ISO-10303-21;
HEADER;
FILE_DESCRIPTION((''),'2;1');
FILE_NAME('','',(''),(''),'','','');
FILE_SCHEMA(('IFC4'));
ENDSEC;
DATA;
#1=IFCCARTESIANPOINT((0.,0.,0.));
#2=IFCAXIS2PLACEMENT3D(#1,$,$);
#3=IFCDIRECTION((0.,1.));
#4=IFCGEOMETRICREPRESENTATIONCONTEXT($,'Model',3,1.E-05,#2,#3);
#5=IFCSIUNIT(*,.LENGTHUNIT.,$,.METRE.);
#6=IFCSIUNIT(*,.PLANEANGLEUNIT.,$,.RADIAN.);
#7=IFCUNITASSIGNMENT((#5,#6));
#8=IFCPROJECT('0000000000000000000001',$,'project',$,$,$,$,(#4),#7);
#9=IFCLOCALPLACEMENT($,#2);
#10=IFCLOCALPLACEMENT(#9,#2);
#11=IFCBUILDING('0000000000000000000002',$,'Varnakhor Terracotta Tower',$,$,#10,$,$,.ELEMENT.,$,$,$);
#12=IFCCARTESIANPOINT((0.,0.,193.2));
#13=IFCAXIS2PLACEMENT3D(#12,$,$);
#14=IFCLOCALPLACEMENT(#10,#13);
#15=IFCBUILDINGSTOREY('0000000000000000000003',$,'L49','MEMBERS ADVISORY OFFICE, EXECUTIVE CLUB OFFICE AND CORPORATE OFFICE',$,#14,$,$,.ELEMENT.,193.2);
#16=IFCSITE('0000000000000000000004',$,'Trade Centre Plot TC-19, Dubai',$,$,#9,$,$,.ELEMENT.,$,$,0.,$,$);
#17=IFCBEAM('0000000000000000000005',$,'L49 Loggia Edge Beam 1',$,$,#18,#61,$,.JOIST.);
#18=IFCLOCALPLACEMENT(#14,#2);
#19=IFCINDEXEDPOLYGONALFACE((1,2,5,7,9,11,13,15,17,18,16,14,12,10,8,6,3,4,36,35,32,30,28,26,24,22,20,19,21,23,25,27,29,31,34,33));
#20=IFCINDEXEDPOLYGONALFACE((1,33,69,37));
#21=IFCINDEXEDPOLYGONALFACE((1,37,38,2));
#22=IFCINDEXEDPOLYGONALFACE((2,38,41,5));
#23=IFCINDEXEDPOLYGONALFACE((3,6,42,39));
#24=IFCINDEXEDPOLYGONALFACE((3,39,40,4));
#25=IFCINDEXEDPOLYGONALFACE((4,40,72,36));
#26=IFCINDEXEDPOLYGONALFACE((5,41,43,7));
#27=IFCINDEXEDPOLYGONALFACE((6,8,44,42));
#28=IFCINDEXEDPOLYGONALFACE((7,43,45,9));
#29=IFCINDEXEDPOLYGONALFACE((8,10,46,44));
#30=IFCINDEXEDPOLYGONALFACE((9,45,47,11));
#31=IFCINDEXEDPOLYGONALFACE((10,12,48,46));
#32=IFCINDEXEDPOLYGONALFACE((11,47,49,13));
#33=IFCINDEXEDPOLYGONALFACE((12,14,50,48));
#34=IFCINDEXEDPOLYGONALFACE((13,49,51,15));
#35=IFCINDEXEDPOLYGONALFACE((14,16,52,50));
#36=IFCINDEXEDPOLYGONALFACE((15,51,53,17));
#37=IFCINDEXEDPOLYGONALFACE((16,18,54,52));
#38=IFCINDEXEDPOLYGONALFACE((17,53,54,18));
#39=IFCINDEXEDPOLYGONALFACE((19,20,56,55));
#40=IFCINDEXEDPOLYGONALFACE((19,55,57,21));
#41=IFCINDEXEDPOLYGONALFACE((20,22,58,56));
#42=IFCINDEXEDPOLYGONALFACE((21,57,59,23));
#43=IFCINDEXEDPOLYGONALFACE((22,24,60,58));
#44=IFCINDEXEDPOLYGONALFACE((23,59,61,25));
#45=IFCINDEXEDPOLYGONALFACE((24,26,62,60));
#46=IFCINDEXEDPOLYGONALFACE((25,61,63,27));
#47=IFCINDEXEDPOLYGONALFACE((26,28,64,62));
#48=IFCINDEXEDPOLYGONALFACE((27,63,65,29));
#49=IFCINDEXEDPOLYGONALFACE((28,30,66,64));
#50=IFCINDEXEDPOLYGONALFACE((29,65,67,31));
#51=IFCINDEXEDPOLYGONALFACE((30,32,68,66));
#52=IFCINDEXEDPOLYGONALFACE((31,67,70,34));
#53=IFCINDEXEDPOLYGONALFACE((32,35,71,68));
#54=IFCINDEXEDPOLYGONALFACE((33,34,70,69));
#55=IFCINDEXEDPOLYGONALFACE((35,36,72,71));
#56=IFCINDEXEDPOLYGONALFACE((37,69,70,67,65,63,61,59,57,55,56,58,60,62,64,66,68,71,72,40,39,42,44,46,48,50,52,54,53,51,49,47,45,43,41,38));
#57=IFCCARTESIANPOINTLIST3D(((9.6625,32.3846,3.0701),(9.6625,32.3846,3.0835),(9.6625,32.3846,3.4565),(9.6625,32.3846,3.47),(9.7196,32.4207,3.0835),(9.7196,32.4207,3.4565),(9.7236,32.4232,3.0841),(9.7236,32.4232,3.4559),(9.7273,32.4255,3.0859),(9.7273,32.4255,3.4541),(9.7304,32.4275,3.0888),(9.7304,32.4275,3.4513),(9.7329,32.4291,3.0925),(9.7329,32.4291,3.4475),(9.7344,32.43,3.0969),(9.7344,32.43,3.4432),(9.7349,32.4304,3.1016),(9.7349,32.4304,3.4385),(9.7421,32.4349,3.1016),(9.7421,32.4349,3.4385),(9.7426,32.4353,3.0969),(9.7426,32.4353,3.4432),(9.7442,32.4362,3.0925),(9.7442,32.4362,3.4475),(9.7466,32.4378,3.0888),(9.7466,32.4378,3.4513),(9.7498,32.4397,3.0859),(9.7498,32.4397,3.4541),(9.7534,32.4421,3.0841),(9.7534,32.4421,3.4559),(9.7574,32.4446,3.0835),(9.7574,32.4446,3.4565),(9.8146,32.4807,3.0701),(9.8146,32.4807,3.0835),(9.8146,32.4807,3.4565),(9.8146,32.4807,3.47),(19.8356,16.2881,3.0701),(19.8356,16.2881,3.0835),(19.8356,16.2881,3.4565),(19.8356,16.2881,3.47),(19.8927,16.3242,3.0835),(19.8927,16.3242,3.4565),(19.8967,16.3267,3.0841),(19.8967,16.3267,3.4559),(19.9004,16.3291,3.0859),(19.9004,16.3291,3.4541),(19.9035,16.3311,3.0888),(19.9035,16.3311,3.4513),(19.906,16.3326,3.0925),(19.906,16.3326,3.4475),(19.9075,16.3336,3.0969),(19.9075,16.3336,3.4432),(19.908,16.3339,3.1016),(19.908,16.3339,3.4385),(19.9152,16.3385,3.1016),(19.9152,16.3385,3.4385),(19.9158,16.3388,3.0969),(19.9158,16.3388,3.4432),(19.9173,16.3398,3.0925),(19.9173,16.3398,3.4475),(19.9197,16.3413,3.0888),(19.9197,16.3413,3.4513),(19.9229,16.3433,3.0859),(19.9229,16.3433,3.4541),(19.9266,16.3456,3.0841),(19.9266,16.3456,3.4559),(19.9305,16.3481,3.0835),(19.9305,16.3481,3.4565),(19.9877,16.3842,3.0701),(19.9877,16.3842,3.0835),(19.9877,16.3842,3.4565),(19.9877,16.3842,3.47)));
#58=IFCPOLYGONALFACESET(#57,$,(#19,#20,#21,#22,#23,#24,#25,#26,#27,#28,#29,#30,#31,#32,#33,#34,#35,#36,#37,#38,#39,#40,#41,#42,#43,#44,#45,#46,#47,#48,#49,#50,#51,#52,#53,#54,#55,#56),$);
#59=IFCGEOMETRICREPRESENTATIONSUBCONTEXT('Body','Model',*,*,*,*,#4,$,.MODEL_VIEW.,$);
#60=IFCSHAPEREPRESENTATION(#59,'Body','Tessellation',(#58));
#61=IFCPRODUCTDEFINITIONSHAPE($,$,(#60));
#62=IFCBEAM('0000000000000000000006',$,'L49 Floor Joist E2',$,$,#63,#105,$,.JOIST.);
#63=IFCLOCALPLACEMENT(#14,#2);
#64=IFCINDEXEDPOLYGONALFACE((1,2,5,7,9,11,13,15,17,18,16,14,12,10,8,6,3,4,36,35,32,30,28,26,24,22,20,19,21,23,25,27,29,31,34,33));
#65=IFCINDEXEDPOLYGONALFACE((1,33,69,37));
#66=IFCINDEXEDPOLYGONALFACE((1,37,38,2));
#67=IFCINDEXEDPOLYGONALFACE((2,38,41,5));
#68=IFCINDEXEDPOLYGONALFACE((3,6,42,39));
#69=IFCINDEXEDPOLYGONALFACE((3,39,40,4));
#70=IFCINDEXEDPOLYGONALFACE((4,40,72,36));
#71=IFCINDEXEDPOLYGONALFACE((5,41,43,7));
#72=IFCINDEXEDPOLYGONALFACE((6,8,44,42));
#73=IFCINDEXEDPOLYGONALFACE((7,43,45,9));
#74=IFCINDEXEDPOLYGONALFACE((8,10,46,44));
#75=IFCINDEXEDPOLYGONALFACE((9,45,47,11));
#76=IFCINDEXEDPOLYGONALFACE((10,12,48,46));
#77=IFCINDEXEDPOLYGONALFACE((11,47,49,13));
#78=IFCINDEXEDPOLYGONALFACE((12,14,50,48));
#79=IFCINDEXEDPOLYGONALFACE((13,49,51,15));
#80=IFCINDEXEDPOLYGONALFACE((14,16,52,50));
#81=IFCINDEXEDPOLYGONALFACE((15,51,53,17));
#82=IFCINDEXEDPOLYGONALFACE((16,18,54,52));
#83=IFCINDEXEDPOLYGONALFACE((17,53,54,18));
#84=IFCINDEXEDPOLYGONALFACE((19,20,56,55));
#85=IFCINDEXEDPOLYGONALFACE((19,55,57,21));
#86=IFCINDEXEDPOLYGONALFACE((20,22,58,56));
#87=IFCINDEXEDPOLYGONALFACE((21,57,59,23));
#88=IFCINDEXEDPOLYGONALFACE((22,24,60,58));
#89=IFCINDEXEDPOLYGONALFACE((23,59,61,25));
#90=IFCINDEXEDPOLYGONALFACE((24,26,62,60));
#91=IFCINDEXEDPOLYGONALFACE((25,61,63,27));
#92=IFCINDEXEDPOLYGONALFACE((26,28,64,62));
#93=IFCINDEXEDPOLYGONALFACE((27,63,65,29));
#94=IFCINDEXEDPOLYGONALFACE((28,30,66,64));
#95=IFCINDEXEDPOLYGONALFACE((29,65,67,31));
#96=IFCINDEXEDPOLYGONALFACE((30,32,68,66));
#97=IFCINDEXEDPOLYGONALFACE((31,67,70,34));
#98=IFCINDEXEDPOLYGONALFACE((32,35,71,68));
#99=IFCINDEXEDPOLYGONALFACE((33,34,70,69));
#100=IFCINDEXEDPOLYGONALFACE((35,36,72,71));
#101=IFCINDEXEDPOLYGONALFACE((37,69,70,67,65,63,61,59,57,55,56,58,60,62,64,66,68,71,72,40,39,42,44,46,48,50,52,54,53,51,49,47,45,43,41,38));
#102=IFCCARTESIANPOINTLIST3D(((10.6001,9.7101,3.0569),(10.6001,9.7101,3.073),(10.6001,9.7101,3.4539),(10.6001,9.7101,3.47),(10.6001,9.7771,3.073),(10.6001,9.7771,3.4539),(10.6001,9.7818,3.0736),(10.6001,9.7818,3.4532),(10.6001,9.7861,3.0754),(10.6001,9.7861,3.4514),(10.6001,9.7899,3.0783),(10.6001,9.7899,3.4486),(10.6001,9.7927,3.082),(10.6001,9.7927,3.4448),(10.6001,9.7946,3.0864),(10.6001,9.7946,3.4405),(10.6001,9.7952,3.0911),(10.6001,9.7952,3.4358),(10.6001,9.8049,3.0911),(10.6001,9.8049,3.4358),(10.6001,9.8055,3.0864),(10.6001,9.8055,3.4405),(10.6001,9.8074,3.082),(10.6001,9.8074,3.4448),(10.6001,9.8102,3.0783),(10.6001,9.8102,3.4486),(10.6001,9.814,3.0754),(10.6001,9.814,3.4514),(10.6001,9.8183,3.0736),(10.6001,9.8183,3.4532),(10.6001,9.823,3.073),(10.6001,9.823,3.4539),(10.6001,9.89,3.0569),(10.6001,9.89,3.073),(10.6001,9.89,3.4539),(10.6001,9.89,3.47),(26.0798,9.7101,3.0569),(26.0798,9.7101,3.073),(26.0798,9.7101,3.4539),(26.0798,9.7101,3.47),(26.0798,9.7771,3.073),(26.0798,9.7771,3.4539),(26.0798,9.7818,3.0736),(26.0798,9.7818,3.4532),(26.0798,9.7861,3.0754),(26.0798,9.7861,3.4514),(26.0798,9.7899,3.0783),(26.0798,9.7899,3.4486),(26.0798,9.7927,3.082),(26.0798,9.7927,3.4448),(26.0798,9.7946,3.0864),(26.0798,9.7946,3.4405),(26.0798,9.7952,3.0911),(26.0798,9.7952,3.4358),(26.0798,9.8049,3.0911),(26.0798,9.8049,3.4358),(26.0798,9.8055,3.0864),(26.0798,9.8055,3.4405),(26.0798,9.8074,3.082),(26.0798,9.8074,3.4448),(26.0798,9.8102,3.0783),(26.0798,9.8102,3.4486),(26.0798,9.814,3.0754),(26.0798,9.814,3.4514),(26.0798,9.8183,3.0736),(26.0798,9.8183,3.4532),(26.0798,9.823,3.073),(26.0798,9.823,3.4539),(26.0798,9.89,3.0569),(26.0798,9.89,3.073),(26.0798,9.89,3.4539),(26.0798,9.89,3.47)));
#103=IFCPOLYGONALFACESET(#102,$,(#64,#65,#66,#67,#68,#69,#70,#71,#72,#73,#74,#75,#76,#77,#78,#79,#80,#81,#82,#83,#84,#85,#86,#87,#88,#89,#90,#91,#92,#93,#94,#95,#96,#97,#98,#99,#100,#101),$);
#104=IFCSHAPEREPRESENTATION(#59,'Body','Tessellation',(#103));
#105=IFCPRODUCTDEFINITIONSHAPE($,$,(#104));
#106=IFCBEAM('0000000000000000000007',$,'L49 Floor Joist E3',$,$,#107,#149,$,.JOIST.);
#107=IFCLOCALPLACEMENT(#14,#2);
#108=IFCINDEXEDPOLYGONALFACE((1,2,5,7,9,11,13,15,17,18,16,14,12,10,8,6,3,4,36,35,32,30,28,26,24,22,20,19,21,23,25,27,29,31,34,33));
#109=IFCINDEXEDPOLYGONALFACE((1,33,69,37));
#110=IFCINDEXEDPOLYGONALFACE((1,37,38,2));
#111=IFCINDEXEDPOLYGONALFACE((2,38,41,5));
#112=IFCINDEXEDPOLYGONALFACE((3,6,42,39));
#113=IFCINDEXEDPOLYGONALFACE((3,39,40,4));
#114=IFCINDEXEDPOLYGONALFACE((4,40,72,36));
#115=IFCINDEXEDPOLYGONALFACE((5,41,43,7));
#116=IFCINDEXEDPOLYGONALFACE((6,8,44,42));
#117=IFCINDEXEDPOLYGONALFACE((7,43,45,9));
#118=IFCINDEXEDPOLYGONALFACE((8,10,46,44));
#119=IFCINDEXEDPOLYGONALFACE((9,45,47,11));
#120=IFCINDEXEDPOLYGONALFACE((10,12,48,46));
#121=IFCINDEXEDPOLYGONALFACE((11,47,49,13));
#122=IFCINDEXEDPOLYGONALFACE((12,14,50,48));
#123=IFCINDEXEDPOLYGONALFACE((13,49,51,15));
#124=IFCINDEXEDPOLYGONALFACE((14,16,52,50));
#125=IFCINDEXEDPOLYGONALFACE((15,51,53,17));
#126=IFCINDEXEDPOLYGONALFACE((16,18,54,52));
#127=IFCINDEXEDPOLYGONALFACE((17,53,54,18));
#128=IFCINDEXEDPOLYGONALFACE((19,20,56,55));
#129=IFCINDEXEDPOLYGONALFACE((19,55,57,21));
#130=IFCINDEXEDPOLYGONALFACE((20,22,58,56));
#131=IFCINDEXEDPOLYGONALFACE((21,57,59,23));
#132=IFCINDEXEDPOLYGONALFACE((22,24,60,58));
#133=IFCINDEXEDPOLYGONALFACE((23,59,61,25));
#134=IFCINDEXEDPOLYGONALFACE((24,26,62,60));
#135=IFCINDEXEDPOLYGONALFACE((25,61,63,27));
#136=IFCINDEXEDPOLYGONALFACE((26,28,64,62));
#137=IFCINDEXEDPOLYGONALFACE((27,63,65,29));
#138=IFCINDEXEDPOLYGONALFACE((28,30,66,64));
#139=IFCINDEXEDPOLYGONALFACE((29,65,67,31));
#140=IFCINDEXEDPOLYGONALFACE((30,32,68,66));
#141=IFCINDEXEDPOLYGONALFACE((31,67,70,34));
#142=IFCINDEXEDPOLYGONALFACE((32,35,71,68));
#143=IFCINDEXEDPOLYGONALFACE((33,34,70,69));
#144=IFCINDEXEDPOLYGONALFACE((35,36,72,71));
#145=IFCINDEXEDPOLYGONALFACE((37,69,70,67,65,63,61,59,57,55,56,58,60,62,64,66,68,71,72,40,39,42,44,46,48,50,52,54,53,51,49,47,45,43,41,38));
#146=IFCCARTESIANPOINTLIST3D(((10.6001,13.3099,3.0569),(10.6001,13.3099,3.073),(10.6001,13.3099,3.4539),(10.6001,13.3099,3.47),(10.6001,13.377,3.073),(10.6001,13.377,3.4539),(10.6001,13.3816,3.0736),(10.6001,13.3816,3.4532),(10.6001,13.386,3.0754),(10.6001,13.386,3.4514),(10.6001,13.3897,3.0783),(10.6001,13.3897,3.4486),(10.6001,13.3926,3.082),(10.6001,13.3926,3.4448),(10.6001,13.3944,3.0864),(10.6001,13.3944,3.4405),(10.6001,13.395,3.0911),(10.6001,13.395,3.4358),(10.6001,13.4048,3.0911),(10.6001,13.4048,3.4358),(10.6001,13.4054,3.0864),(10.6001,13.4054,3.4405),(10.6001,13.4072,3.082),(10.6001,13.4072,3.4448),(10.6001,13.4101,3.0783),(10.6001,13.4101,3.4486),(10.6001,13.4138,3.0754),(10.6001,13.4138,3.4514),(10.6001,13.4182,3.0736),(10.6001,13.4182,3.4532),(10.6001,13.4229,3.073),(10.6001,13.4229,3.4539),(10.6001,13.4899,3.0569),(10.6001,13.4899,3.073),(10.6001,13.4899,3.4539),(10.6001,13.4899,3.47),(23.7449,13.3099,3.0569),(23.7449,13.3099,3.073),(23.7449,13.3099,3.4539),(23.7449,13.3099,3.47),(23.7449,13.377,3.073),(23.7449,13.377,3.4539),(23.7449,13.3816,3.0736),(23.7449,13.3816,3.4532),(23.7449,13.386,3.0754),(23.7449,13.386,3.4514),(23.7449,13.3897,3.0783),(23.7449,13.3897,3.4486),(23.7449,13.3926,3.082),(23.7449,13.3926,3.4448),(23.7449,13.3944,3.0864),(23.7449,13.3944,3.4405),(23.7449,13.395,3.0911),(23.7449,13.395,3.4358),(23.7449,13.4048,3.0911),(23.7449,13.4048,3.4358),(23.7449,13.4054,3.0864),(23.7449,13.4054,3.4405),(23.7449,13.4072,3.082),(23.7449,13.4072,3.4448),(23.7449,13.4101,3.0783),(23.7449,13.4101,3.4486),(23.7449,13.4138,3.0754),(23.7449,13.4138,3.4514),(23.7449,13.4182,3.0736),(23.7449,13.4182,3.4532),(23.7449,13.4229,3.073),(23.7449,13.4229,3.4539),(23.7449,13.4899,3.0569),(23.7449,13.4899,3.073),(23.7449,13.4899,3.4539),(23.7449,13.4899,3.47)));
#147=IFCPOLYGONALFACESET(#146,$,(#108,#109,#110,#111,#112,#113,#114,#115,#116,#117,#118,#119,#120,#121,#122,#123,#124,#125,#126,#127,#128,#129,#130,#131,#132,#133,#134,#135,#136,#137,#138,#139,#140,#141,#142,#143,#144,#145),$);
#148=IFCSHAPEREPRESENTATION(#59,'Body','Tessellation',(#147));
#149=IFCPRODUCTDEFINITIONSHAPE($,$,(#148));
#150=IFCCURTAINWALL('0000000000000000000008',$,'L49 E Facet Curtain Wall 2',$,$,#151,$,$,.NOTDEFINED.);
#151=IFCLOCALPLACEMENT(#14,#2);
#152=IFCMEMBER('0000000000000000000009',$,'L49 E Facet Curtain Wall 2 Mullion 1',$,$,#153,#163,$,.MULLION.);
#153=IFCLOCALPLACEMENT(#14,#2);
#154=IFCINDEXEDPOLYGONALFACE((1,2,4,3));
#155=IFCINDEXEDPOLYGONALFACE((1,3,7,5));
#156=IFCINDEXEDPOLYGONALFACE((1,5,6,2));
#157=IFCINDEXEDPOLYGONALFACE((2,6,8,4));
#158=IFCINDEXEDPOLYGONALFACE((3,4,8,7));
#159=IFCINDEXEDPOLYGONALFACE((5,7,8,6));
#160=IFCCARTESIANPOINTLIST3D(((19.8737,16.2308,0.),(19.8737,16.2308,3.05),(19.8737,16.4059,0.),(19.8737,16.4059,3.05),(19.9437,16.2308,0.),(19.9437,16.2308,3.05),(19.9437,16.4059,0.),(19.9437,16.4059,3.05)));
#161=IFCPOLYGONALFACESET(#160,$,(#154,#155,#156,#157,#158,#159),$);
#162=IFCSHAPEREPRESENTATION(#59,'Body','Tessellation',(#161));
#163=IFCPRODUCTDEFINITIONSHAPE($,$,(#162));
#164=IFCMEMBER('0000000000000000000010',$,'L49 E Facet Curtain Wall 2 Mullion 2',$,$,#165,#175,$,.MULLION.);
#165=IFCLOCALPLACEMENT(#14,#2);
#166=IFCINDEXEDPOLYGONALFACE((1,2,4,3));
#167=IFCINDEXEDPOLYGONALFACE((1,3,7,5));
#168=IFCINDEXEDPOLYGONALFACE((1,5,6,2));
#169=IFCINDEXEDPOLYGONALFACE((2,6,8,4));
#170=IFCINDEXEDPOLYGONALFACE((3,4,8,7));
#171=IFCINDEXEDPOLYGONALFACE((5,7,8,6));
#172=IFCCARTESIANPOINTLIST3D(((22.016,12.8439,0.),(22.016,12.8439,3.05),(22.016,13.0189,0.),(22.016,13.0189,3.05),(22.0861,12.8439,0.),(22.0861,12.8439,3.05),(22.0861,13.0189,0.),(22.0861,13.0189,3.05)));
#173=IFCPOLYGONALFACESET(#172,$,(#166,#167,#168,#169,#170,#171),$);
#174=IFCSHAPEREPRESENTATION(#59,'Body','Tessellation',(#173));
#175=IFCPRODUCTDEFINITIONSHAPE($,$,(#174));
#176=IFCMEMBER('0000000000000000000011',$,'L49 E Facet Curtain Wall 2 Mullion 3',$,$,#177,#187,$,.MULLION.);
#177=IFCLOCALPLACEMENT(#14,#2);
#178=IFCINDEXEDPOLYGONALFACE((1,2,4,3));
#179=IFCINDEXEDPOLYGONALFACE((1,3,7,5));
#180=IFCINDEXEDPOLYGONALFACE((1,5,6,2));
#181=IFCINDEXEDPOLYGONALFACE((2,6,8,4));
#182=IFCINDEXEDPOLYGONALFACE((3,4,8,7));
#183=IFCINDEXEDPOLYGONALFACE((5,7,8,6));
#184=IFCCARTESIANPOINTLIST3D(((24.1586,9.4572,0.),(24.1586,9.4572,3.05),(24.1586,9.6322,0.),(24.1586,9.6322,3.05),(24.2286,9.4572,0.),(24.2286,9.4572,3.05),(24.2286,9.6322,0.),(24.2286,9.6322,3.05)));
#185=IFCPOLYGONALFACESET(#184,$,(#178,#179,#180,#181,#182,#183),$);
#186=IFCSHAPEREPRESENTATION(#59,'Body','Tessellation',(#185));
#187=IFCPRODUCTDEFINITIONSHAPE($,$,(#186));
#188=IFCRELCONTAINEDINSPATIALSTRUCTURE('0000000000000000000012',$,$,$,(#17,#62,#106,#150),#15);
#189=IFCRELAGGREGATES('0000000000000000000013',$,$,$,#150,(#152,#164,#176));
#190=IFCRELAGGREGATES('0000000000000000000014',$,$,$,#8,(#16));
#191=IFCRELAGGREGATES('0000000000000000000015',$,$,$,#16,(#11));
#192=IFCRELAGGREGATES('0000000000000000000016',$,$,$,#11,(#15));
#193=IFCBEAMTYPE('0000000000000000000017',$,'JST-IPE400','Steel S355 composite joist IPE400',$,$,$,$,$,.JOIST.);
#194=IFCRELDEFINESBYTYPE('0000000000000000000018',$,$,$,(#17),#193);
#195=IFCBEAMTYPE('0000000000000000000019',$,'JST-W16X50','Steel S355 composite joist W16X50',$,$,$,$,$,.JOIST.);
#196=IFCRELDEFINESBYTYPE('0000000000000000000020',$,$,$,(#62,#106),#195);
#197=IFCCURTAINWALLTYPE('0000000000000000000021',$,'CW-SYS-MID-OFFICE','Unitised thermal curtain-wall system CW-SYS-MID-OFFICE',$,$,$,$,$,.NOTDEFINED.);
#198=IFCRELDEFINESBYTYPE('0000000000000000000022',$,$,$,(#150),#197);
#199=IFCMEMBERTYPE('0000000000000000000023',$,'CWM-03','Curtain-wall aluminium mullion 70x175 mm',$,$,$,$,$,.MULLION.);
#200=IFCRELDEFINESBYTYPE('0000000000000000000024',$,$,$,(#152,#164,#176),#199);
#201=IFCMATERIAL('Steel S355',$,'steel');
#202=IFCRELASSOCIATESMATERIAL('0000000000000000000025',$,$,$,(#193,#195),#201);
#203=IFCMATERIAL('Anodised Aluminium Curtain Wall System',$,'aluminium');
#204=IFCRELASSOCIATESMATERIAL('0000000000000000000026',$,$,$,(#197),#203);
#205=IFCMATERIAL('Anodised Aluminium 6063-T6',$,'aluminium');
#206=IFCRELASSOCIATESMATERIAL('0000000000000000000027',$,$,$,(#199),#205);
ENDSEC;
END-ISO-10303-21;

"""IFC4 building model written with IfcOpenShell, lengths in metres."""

from ifc_helpers import new_model, si_unit, direction, frame, origin, origin_2d, place, context, subcontext, project, spatial, rectangle, i_section, extrude, source, transform, mapped, material, material_profile, profile_set, type_object, element, aggregate, save


model = new_model("IFC4")

# Units and contexts
model_context = context("Model", 3, precision=1e-05, world=origin(), true_north=direction((0.0, 1.0)))
body_context = subcontext(model_context, "Body", "Model", "MODEL_VIEW")
ifc_project = project(units=[si_unit("LENGTHUNIT", "METRE"), si_unit("PLANEANGLEUNIT", "RADIAN")], contexts=[model_context])

# Site, building, storey
site_placement = place(None, origin())
site = spatial("IfcSite", under=ifc_project, at=site_placement, Name="Trade Centre Plot TC-19, Dubai", CompositionType="ELEMENT", RefElevation=0.0)
building_placement = place(site_placement, origin())
building = spatial("IfcBuilding", under=site, at=building_placement, Name="Varnakhor Terracotta Tower", CompositionType="ELEMENT")
storey_placement = place(building_placement, frame((0.0, 0.0, 193.2)))
storey = spatial("IfcBuildingStorey", under=building, at=storey_placement, Name="L49", Description="MEMBERS ADVISORY OFFICE, EXECUTIVE CLUB OFFICE AND CORPORATE OFFICE", CompositionType="ELEMENT", Elevation=193.2)

# Beams
ifc_material_1 = material(Name="Steel S355", Category="steel")
ifc_material_profile_1 = material_profile(ifc_material_1, i_section(OverallWidth=0.1799, OverallDepth=0.3999, WebThickness=0.0085, FlangeThickness=0.0134, FilletRadius=0.0181, at=origin_2d()), Name="IPE400")
ifc_profile_set_1 = profile_set([ifc_material_profile_1], Name="Steel S355")
beam_type_1 = type_object("IfcBeamType", Name="JST-IPE400", Description="Steel S355 composite joist IPE400", PredefinedType="JOIST", material=ifc_profile_set_1)
shared_shape_1 = source(origin(), body_context, "Body", "SweptSolid", [
    extrude(i_section(OverallWidth=0.1799, OverallDepth=0.3999, WebThickness=0.0085, FlangeThickness=0.0134, FilletRadius=0.0181, at=origin_2d()), origin(), (0.0, 0.0, 1.0), 19.0417),
])
beam_1_placement = place(storey_placement, frame((19.9116, 16.3362, 3.27), z_axis=(-0.534253, 0.845325, 0.0), x_axis=(-0.845325, -0.534253, 0.0)))
element("IfcBeam", 1, at=beam_1_placement, inside=storey, type_object=beam_type_1, Name="L49 Loggia Edge Beam 1", PredefinedType="JOIST", context=body_context, shape_type="MappedRepresentation", body=[
    mapped(shared_shape_1, transform((0.0, 0.0, 0.0), scale=1.0)),
])
ifc_material_profile_2 = material_profile(ifc_material_1, i_section(OverallWidth=0.1799, OverallDepth=0.4131, WebThickness=0.0098, FlangeThickness=0.0161, FilletRadius=0.0181, at=origin_2d()), Name="W16X50")
ifc_profile_set_2 = profile_set([ifc_material_profile_2], Name="Steel S355")
beam_type_2 = type_object("IfcBeamType", Name="JST-W16X50", Description="Steel S355 composite joist W16X50", PredefinedType="JOIST", material=ifc_profile_set_2)
shared_shape_2 = source(origin(), body_context, "Body", "SweptSolid", [
    extrude(i_section(OverallWidth=0.1799, OverallDepth=0.4131, WebThickness=0.0098, FlangeThickness=0.0161, FilletRadius=0.0181, at=origin_2d()), origin(), (0.0, 0.0, 1.0), 15.4797),
])
beam_2_placement = place(storey_placement, frame((10.6001, 9.8, 3.2634), z_axis=(1.0, 0.0, 0.0), x_axis=(0.0, 1.0, 0.0)))
element("IfcBeam", 2, at=beam_2_placement, inside=storey, type_object=beam_type_2, Name="L49 Floor Joist E2", PredefinedType="JOIST", context=body_context, shape_type="MappedRepresentation", body=[
    mapped(shared_shape_2, transform((0.0, 0.0, 0.0), scale=1.0)),
])
shared_shape_3 = source(origin(), body_context, "Body", "SweptSolid", [
    extrude(i_section(OverallWidth=0.1799, OverallDepth=0.4131, WebThickness=0.0098, FlangeThickness=0.0161, FilletRadius=0.0181, at=origin_2d()), origin(), (0.0, 0.0, 1.0), 13.1448),
])
beam_3_placement = place(storey_placement, frame((10.6001, 13.3999, 3.2634), z_axis=(1.0, 0.0, 0.0), x_axis=(0.0, 1.0, 0.0)))
element("IfcBeam", 3, at=beam_3_placement, inside=storey, type_object=beam_type_2, Name="L49 Floor Joist E3", PredefinedType="JOIST", context=body_context, shape_type="MappedRepresentation", body=[
    mapped(shared_shape_3, transform((0.0, 0.0, 0.0), scale=1.0)),
])

# Curtain wall, members
ifc_material_2 = material(Name="Anodised Aluminium Curtain Wall System", Category="aluminium")
curtain_wall_type = type_object("IfcCurtainWallType", Name="CW-SYS-MID-OFFICE", Description="Unitised thermal curtain-wall system CW-SYS-MID-OFFICE", PredefinedType="NOTDEFINED", material=ifc_material_2)
curtain_wall_placement = place(storey_placement, origin())
curtain_wall = element("IfcCurtainWall", 4, at=curtain_wall_placement, inside=storey, type_object=curtain_wall_type, Name="L49 E Facet Curtain Wall 2", PredefinedType="NOTDEFINED")
ifc_material_3 = material(Name="Anodised Aluminium 6063-T6", Category="aluminium")
ifc_material_profile_3 = material_profile(ifc_material_3, rectangle(XDim=0.0701, YDim=0.175, at=origin_2d()), Name="ALU MULLION 70x175")
ifc_profile_set_3 = profile_set([ifc_material_profile_3], Name="Anodised Aluminium 6063-T6")
member_type_1 = type_object("IfcMemberType", Name="CWM-03", Description="Curtain-wall aluminium mullion 70x175 mm", PredefinedType="MULLION", material=ifc_profile_set_3)
shared_shape_4 = source(origin(), body_context, "Body", "SweptSolid", [
    extrude(rectangle(XDim=0.0701, YDim=0.175, at=origin_2d()), origin(), (0.0, 0.0, 1.0), 3.05),
])
member_1_placement = place(storey_placement, frame((19.9087, 16.3184, 0.0), z_axis=(0.0, 0.0, 1.0), x_axis=(1.0, 0.0, 0.0)))
member_1 = element("IfcMember", 5, at=member_1_placement, type_object=member_type_1, Name="L49 E Facet Curtain Wall 2 Mullion 1", PredefinedType="MULLION", context=body_context, shape_type="MappedRepresentation", body=[
    mapped(shared_shape_4, transform((0.0, 0.0, 0.0), scale=1.0)),
])
member_2_placement = place(storey_placement, frame((22.051, 12.9314, 0.0), z_axis=(0.0, 0.0, 1.0), x_axis=(1.0, 0.0, 0.0)))
member_2 = element("IfcMember", 6, at=member_2_placement, type_object=member_type_1, Name="L49 E Facet Curtain Wall 2 Mullion 2", PredefinedType="MULLION", context=body_context, shape_type="MappedRepresentation", body=[
    mapped(shared_shape_4, transform((0.0, 0.0, 0.0), scale=1.0)),
])
member_3_placement = place(storey_placement, frame((24.1936, 9.5447, 0.0), z_axis=(0.0, 0.0, 1.0), x_axis=(1.0, 0.0, 0.0)))
member_3 = element("IfcMember", 7, at=member_3_placement, type_object=member_type_1, Name="L49 E Facet Curtain Wall 2 Mullion 3", PredefinedType="MULLION", context=body_context, shape_type="MappedRepresentation", body=[
    mapped(shared_shape_4, transform((0.0, 0.0, 0.0), scale=1.0)),
])

aggregate(curtain_wall, [member_1, member_2, member_3])

save(model, "model.ifc")
